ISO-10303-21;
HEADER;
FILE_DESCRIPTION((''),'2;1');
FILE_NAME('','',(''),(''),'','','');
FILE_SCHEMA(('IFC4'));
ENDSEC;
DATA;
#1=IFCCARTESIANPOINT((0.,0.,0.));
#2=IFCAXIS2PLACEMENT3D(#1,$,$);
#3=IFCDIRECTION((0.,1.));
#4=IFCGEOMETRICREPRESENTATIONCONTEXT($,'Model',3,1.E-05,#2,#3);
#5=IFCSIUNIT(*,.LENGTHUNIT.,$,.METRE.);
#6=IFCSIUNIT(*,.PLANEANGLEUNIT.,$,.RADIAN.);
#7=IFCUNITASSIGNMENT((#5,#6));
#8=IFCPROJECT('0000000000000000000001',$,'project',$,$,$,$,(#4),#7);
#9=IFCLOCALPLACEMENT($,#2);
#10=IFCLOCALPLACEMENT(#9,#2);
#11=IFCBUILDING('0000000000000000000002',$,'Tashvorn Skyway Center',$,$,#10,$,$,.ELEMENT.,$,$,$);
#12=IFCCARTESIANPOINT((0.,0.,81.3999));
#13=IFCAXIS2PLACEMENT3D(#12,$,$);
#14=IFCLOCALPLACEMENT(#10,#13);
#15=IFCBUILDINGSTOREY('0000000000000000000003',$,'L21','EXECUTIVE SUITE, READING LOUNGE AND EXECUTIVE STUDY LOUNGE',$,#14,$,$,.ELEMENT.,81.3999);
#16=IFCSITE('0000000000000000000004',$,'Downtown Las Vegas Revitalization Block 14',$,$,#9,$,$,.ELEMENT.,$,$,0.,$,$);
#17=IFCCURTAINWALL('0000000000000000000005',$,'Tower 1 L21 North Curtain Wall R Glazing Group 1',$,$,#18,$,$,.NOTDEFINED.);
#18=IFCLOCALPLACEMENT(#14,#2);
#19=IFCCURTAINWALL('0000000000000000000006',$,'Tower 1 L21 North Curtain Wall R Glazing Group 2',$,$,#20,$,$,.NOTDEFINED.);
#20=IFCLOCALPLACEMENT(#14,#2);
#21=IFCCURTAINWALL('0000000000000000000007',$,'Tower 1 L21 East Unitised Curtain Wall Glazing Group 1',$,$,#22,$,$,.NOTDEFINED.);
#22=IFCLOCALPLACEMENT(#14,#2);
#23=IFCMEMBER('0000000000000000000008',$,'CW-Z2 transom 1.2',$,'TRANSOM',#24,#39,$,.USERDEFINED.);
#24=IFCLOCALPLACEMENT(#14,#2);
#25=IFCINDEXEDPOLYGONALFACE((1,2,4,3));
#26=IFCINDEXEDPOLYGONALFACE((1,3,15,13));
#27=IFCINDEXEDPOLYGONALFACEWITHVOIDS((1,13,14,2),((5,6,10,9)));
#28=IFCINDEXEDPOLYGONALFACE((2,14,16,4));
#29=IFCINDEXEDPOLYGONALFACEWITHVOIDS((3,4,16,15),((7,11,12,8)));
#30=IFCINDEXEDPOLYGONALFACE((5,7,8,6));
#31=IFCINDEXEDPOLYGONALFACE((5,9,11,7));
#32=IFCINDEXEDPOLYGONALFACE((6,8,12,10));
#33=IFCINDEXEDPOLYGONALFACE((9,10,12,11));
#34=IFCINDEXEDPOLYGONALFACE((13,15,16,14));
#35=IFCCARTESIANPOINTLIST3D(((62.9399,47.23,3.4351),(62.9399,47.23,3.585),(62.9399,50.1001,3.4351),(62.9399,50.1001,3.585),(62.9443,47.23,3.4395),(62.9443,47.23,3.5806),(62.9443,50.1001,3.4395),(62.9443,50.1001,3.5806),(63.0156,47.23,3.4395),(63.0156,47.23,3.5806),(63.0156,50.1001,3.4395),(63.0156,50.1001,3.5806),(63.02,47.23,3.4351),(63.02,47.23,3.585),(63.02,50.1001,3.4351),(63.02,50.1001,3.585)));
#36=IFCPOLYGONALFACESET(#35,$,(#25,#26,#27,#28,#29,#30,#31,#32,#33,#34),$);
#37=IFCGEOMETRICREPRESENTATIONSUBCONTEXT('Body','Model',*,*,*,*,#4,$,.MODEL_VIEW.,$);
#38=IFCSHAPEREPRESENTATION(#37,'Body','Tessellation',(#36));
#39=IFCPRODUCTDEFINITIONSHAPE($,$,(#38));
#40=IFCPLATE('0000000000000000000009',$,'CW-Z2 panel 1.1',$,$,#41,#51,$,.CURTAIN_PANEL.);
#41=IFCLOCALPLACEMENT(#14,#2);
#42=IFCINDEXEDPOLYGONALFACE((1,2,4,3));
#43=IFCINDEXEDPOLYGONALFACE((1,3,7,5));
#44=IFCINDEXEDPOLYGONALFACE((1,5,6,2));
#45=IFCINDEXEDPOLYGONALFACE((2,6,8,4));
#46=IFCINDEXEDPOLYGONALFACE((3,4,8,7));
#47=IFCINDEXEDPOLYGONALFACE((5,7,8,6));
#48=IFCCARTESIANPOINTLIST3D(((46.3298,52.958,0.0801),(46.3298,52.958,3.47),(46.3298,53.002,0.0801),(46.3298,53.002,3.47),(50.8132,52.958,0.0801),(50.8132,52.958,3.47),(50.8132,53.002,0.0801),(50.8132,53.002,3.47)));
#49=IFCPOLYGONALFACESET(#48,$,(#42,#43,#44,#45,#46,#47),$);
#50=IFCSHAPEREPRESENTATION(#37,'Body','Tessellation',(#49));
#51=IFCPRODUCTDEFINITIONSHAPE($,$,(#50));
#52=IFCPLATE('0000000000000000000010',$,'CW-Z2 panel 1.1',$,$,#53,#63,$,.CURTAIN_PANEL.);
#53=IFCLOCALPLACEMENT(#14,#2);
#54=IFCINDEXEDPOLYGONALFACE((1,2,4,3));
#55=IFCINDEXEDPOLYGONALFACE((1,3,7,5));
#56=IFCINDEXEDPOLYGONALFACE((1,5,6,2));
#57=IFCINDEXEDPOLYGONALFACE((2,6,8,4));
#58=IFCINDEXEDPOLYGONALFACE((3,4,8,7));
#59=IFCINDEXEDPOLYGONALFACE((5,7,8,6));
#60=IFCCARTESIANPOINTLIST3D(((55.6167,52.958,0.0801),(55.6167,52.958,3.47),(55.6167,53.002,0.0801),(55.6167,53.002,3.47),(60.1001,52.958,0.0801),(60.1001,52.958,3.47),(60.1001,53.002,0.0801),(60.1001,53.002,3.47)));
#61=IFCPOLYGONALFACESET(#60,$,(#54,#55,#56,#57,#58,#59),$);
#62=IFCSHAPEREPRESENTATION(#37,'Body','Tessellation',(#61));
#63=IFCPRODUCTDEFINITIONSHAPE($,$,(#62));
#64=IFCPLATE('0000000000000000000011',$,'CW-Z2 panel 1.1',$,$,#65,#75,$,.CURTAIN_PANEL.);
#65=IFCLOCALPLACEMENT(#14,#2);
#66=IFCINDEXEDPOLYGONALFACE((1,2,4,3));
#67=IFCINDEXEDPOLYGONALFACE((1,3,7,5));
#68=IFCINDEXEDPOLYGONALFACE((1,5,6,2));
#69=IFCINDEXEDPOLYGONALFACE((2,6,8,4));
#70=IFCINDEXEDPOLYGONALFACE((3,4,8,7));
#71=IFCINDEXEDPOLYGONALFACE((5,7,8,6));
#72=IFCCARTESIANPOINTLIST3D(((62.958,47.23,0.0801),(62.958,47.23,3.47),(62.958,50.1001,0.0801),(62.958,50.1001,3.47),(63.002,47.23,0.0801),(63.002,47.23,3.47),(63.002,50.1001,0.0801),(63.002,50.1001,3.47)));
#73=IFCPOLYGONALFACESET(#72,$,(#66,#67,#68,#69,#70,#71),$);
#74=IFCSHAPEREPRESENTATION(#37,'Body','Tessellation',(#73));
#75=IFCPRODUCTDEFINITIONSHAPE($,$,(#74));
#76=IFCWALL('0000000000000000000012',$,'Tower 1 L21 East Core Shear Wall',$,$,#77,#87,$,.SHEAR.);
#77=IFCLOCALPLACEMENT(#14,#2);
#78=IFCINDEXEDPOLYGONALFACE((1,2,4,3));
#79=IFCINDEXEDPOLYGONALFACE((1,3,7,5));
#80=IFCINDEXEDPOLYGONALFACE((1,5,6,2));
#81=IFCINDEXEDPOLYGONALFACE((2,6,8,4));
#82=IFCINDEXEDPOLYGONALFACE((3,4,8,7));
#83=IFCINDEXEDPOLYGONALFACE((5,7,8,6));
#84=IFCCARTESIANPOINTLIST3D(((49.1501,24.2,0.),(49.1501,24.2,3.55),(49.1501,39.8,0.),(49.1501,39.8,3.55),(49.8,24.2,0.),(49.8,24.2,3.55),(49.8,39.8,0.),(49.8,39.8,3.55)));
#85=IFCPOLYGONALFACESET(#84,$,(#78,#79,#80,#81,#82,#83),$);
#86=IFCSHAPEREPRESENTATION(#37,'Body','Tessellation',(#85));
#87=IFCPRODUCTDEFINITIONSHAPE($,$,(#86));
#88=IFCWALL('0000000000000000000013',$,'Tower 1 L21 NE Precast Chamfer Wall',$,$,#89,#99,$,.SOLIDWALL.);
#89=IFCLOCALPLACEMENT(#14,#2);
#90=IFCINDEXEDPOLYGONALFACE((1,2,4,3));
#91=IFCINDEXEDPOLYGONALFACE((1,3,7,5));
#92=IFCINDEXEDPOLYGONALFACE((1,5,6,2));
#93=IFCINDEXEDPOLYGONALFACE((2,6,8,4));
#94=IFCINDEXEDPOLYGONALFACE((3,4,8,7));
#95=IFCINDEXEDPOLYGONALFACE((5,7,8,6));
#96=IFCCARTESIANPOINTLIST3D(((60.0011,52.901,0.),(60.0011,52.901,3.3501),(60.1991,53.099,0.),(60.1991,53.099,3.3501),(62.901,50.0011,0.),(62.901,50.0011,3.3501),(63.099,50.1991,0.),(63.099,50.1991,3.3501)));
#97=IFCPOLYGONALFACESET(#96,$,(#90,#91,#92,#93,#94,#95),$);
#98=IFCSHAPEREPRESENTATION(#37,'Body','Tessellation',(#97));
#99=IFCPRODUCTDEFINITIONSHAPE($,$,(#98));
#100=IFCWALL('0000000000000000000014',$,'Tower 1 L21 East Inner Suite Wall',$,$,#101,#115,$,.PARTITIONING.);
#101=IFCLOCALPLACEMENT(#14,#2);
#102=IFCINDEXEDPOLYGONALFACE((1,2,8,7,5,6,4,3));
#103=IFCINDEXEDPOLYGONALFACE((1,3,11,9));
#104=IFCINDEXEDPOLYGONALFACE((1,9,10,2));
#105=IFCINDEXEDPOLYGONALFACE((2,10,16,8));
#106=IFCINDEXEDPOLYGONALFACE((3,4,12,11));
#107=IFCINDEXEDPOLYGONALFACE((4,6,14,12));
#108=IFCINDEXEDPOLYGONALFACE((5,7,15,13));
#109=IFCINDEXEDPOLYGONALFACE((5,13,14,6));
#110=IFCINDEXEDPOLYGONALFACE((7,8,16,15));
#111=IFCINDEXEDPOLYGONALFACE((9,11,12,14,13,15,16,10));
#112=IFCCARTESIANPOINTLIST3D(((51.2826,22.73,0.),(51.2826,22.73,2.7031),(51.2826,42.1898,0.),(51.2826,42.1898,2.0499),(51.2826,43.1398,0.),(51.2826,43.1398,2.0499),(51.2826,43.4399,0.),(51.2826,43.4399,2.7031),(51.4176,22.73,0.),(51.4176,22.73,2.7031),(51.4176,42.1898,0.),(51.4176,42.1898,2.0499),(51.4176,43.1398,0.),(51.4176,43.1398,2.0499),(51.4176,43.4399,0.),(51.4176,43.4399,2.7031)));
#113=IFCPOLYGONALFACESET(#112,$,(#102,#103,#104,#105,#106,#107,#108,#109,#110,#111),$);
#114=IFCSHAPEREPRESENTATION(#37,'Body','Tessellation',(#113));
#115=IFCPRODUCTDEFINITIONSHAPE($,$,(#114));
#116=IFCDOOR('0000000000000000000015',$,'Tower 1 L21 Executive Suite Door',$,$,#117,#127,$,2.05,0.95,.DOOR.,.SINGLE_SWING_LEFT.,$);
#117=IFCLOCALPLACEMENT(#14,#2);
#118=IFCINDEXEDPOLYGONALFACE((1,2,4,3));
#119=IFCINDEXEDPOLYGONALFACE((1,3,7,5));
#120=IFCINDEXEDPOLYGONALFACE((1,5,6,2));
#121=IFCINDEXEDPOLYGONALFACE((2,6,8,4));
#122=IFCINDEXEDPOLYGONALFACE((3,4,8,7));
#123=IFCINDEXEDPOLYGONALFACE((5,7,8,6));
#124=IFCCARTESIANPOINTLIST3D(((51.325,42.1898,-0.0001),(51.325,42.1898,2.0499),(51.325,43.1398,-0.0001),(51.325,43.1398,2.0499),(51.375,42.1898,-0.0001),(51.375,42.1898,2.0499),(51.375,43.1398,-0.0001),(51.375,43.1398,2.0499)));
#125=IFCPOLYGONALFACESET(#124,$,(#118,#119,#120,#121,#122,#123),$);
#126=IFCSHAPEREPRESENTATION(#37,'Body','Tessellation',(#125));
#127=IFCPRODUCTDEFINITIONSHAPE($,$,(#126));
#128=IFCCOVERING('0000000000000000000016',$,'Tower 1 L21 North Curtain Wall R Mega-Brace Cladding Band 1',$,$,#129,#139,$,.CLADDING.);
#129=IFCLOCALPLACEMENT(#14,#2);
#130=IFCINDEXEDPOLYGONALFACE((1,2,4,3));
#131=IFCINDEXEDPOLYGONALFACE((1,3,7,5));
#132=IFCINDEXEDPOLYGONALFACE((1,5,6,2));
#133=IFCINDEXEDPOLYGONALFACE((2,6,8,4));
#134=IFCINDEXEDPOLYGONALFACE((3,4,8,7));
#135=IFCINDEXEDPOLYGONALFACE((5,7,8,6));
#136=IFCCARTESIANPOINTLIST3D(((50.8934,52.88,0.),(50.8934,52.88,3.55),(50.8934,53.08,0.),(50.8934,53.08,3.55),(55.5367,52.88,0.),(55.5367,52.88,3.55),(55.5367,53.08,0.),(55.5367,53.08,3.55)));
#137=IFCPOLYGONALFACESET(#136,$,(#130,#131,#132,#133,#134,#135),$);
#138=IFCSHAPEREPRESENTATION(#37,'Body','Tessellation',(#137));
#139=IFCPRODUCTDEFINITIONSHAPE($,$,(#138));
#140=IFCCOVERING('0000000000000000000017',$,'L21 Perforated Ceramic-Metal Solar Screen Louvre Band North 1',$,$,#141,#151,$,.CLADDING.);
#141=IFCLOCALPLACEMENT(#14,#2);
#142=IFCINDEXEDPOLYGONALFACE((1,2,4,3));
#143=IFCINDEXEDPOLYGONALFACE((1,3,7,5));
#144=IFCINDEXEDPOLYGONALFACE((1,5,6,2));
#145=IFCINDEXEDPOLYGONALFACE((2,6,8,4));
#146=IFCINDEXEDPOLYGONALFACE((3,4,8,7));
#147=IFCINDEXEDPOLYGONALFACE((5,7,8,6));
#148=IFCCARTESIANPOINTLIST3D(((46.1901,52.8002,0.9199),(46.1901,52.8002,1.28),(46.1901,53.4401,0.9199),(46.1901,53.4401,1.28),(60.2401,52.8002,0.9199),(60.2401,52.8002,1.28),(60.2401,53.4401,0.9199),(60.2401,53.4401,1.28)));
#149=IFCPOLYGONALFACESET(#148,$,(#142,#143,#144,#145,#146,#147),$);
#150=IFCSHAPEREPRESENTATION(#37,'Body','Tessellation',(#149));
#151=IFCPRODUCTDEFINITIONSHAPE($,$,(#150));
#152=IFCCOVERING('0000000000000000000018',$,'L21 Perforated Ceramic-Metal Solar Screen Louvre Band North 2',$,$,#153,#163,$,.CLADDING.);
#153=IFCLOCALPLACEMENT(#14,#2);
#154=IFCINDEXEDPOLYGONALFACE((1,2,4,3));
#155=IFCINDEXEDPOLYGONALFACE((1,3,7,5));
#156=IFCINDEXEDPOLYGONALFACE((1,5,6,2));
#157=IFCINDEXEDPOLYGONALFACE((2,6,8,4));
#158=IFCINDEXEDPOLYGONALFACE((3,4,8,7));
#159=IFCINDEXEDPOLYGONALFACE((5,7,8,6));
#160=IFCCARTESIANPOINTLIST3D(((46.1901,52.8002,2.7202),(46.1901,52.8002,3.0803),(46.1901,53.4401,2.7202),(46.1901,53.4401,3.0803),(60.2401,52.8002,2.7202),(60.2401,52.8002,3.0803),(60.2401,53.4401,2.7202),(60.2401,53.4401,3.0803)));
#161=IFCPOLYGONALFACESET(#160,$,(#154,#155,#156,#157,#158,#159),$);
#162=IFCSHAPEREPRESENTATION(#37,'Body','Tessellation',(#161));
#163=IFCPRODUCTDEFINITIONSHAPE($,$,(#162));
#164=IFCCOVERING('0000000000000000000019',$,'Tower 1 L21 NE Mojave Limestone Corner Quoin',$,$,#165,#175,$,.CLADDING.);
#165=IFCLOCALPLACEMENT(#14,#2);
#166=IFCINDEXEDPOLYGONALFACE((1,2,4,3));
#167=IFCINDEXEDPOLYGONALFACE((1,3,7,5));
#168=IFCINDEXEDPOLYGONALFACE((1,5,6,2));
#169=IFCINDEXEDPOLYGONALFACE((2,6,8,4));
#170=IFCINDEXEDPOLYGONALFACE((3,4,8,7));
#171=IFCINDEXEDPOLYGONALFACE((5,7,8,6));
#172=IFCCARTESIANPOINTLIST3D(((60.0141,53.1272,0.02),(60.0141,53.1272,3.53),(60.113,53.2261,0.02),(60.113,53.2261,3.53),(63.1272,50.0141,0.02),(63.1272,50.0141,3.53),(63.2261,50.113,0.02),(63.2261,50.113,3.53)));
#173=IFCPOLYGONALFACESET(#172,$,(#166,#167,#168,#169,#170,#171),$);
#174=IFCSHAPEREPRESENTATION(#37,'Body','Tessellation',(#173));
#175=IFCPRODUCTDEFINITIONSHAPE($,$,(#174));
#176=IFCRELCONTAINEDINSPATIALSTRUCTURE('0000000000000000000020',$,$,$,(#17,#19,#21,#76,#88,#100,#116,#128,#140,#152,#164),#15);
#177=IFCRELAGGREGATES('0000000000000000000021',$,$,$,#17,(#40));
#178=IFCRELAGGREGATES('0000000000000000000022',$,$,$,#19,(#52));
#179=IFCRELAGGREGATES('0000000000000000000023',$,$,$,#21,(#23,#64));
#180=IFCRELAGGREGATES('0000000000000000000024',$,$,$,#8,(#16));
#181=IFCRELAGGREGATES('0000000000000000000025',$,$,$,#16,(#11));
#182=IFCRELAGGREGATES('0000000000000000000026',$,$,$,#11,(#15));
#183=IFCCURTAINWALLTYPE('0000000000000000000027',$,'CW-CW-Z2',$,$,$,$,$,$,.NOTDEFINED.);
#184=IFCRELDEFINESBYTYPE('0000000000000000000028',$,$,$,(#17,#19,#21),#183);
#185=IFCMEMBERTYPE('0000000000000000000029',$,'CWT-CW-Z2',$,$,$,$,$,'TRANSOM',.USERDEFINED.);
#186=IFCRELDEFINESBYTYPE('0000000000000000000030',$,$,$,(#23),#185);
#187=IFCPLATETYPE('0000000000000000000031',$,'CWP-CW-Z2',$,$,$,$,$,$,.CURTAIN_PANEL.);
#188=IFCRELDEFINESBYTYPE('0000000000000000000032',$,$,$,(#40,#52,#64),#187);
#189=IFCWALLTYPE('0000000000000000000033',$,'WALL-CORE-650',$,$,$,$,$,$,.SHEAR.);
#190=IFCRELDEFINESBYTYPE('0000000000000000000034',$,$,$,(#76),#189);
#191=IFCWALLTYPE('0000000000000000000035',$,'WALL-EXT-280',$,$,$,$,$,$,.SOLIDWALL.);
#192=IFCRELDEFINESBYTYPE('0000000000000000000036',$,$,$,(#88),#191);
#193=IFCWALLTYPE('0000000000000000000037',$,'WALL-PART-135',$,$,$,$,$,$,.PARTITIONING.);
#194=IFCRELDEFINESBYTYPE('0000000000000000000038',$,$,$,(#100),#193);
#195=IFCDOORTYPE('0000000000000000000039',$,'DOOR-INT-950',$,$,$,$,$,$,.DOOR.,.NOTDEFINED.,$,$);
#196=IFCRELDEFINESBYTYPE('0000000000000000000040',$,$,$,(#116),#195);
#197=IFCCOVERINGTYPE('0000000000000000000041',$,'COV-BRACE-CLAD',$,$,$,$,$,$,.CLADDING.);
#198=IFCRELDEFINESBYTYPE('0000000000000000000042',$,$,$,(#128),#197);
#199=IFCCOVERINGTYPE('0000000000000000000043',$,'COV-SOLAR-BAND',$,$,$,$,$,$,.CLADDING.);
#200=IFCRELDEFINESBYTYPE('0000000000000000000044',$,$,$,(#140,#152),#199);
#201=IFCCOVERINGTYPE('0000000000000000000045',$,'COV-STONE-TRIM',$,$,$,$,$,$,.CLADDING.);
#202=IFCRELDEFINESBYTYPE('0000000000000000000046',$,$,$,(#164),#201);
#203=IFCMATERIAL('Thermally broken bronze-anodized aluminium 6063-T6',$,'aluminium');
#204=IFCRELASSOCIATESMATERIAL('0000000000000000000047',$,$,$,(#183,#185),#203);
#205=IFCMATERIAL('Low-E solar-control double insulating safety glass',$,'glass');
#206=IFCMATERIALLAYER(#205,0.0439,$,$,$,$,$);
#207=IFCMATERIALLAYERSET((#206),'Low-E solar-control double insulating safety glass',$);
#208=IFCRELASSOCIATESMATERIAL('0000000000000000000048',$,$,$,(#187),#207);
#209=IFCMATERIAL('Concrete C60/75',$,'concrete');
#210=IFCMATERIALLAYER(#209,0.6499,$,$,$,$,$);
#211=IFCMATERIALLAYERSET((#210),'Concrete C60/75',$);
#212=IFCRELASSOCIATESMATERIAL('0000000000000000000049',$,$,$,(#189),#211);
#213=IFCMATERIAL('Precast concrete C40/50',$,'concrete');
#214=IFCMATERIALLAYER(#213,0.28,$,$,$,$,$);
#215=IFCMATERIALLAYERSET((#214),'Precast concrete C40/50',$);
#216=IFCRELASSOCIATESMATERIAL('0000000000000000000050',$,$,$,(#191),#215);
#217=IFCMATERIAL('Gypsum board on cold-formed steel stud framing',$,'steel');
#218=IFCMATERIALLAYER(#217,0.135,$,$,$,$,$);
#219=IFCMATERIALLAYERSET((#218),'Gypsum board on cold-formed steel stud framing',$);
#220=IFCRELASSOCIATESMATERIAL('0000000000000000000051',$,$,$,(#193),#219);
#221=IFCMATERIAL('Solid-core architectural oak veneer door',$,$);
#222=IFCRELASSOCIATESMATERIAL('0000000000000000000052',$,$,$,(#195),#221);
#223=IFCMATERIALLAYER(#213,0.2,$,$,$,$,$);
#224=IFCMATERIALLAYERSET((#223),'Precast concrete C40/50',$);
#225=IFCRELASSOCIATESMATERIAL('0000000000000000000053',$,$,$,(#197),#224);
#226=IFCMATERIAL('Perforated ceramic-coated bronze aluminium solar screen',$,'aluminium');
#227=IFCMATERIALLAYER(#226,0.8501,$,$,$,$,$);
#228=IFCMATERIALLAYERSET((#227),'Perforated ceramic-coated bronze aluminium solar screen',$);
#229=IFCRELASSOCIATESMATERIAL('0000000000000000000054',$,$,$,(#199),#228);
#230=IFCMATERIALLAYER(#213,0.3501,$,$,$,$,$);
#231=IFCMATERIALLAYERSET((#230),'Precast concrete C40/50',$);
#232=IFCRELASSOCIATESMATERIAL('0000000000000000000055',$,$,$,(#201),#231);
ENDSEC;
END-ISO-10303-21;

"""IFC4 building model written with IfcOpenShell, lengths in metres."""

from ifc_helpers import new_model, si_unit, direction, frame, frame_2d, origin, origin_2d, place, context, subcontext, project, spatial, rectangle, hollow_rectangle, extrude, material, layer, layer_set, material_profile, profile_set, type_object, element, fill, aggregate, save


model = new_model("IFC4")

# Units and contexts
model_context = context("Model", 3, precision=1e-05, world=origin(), true_north=direction((0.0, 1.0)))
body_context = subcontext(model_context, "Body", "Model", "MODEL_VIEW")
ifc_project = project(units=[si_unit("LENGTHUNIT", "METRE"), si_unit("PLANEANGLEUNIT", "RADIAN")], contexts=[model_context])

# Site, building, storey
site_placement = place(None, origin())
site = spatial("IfcSite", under=ifc_project, at=site_placement, Name="Downtown Las Vegas Revitalization Block 14", CompositionType="ELEMENT", RefElevation=0.0)
building_placement = place(site_placement, origin())
building = spatial("IfcBuilding", under=site, at=building_placement, Name="Tashvorn Skyway Center", CompositionType="ELEMENT")
storey_placement = place(building_placement, frame((0.0, 0.0, 81.3999)))
storey = spatial("IfcBuildingStorey", under=building, at=storey_placement, Name="L21", Description="EXECUTIVE SUITE, READING LOUNGE AND EXECUTIVE STUDY LOUNGE", CompositionType="ELEMENT", Elevation=81.3999)

# Curtain wall
ifc_material_1 = material(Name="Thermally broken bronze-anodized aluminium 6063-T6", Category="aluminium")
curtain_wall_type = type_object("IfcCurtainWallType", Name="CW-CW-Z2", PredefinedType="NOTDEFINED", material=ifc_material_1)
curtain_wall_1_placement = place(storey_placement, origin())
curtain_wall_1 = element("IfcCurtainWall", 1, at=curtain_wall_1_placement, inside=storey, type_object=curtain_wall_type, Name="Tower 1 L21 North Curtain Wall R Glazing Group 1", PredefinedType="NOTDEFINED")

# Curtain walls
curtain_wall_2_placement = place(storey_placement, origin())
curtain_wall_2 = element("IfcCurtainWall", 2, at=curtain_wall_2_placement, inside=storey, type_object=curtain_wall_type, Name="Tower 1 L21 North Curtain Wall R Glazing Group 2", PredefinedType="NOTDEFINED")
curtain_wall_3_placement = place(storey_placement, origin())
curtain_wall_3 = element("IfcCurtainWall", 3, at=curtain_wall_3_placement, inside=storey, type_object=curtain_wall_type, Name="Tower 1 L21 East Unitised Curtain Wall Glazing Group 1", PredefinedType="NOTDEFINED")

# Member
ifc_material_profile_1 = material_profile(ifc_material_1, hollow_rectangle(XDim=0.0801, YDim=0.1499, WallThickness=0.0044, at=origin_2d()), Name="ALU-TRAN-80x150")
ifc_profile_set_1 = profile_set([ifc_material_profile_1], Name="Thermally broken bronze-anodized aluminium 6063-T6")
member_type_1 = type_object("IfcMemberType", Name="CWT-CW-Z2", ElementType="TRANSOM", PredefinedType="USERDEFINED", material=ifc_profile_set_1)
member_1_placement = place(storey_placement, frame((62.98, 50.1001, 3.51), z_axis=(0.0, -1.0, 0.0), x_axis=(1.0, 0.0, 0.0)))
member_1 = element("IfcMember", 4, at=member_1_placement, type_object=member_type_1, Name="CW-Z2 transom 1.2", ObjectType="TRANSOM", PredefinedType="USERDEFINED", context=body_context, shape_type="SweptSolid", body=[
    extrude(hollow_rectangle(XDim=0.0801, YDim=0.1499, WallThickness=0.0044, at=origin_2d()), origin(), (0.0, 0.0, 1.0), 2.8701),
])

# Plates
ifc_material_2 = material(Name="Low-E solar-control double insulating safety glass", Category="glass")
ifc_layer_1 = layer(ifc_material_2, 0.0439)
ifc_layer_set_1 = layer_set([ifc_layer_1], Name="Low-E solar-control double insulating safety glass")
plate_type = type_object("IfcPlateType", Name="CWP-CW-Z2", PredefinedType="CURTAIN_PANEL", material=ifc_layer_set_1)
plate_1_placement = place(storey_placement, frame((48.5715, 52.98, 0.0801), z_axis=(0.0, 0.0, 1.0), x_axis=(1.0, 0.0, 0.0)))
plate_1 = element("IfcPlate", 5, at=plate_1_placement, type_object=plate_type, Name="CW-Z2 panel 1.1", PredefinedType="CURTAIN_PANEL", context=body_context, shape_type="SweptSolid", body=[
    extrude(rectangle(XDim=4.4834, YDim=0.0439, at=origin_2d()), origin(), (0.0, 0.0, 1.0), 3.3899),
])
aggregate(curtain_wall_1, [plate_1])
plate_2_placement = place(storey_placement, frame((57.8584, 52.98, 0.0801), z_axis=(0.0, 0.0, 1.0), x_axis=(1.0, 0.0, 0.0)))
plate_2 = element("IfcPlate", 6, at=plate_2_placement, type_object=plate_type, Name="CW-Z2 panel 1.1", PredefinedType="CURTAIN_PANEL", context=body_context, shape_type="SweptSolid", body=[
    extrude(rectangle(XDim=4.4834, YDim=0.0439, at=origin_2d()), origin(), (0.0, 0.0, 1.0), 3.3899),
])
aggregate(curtain_wall_2, [plate_2])
plate_3_placement = place(storey_placement, frame((62.98, 48.665, 0.0801), z_axis=(0.0, 0.0, 1.0), x_axis=(0.0, -1.0, 0.0)))
plate_3 = element("IfcPlate", 7, at=plate_3_placement, type_object=plate_type, Name="CW-Z2 panel 1.1", PredefinedType="CURTAIN_PANEL", context=body_context, shape_type="SweptSolid", body=[
    extrude(rectangle(XDim=2.8701, YDim=0.0439, at=origin_2d()), origin(), (0.0, 0.0, 1.0), 3.3899),
])
aggregate(curtain_wall_3, [member_1, plate_3])

# Walls
ifc_material_3 = material(Name="Concrete C60/75", Category="concrete")
ifc_layer_2 = layer(ifc_material_3, 0.6499)
ifc_layer_set_2 = layer_set([ifc_layer_2], Name="Concrete C60/75")
wall_type_1 = type_object("IfcWallType", Name="WALL-CORE-650", PredefinedType="SHEAR", material=ifc_layer_set_2)
wall_1_placement = place(storey_placement, frame((49.4751, 39.8, 0.0), z_axis=(0.0, 0.0, 1.0), x_axis=(0.0, -1.0, 0.0)))
element("IfcWall", 8, at=wall_1_placement, inside=storey, type_object=wall_type_1, Name="Tower 1 L21 East Core Shear Wall", PredefinedType="SHEAR", context=body_context, shape_type="SweptSolid", body=[
    extrude(rectangle(XDim=15.6001, YDim=0.6499, at=frame_2d((7.8, 0.0))), origin(), (0.0, 0.0, 1.0), 3.55),
])
ifc_material_4 = material(Name="Precast concrete C40/50", Category="concrete")
ifc_layer_3 = layer(ifc_material_4, 0.28)
ifc_layer_set_3 = layer_set([ifc_layer_3], Name="Precast concrete C40/50")
wall_type_2 = type_object("IfcWallType", Name="WALL-EXT-280", PredefinedType="SOLIDWALL", material=ifc_layer_set_3)
wall_2_placement = place(storey_placement, frame((60.1001, 53.0, 0.0), z_axis=(0.0, 0.0, 1.0), x_axis=(0.707107, -0.707107, 0.0)))
element("IfcWall", 9, at=wall_2_placement, inside=storey, type_object=wall_type_2, Name="Tower 1 L21 NE Precast Chamfer Wall", PredefinedType="SOLIDWALL", context=body_context, shape_type="SweptSolid", body=[
    extrude(rectangle(XDim=4.1011, YDim=0.28, at=frame_2d((2.0505, 0.0))), origin(), (0.0, 0.0, 1.0), 3.3501),
])

# Wall, opening, door
ifc_material_5 = material(Name="Gypsum board on cold-formed steel stud framing", Category="steel")
ifc_layer_4 = layer(ifc_material_5, 0.135)
ifc_layer_set_4 = layer_set([ifc_layer_4], Name="Gypsum board on cold-formed steel stud framing")
wall_type_3 = type_object("IfcWallType", Name="WALL-PART-135", PredefinedType="PARTITIONING", material=ifc_layer_set_4)
wall_3_placement = place(storey_placement, frame((51.3501, 43.4399, 0.0), z_axis=(0.0, 0.0, 1.0), x_axis=(0.0, -1.0, 0.0)))
wall_3 = element("IfcWall", 10, at=wall_3_placement, inside=storey, type_object=wall_type_3, Name="Tower 1 L21 East Inner Suite Wall", PredefinedType="PARTITIONING", context=body_context, shape_type="SweptSolid", body=[
    extrude(rectangle(XDim=20.71, YDim=0.135, at=frame_2d((10.355, 0.0))), origin(), (0.0, 0.0, 1.0), 2.7031),
])
opening_placement = place(wall_3_placement, frame((0.3, 0.0, 0.0)))
opening = element("IfcOpeningElement", 11, at=opening_placement, cuts=wall_3, PredefinedType="OPENING", context=body_context, shape_type="SweptSolid", body=[
    extrude(rectangle(XDim=0.95, YDim=2.05, at=frame_2d((0.4751, 1.0249))), frame((0.0, 0.0774, 0.0), z_axis=(0.0, -1.0, 0.0), x_axis=(1.0, 0.0, 0.0)), (0.0, 0.0, 1.0), 0.155),
])
ifc_material_6 = material(Name="Solid-core architectural oak veneer door")
door_type = type_object("IfcDoorType", Name="DOOR-INT-950", OperationType="NOTDEFINED", PredefinedType="DOOR", material=ifc_material_6)
door_placement = place(opening_placement, origin())
door = element("IfcDoor", 12, at=door_placement, inside=storey, type_object=door_type, Name="Tower 1 L21 Executive Suite Door", OperationType="SINGLE_SWING_LEFT", OverallHeight=2.05, OverallWidth=0.95, PredefinedType="DOOR", context=body_context, shape_type="SweptSolid", body=[
    extrude(rectangle(XDim=0.95, YDim=2.05, at=frame_2d((0.4751, 1.0249))), frame((0.0, 0.0249, 0.0), z_axis=(0.0, -1.0, 0.0), x_axis=(1.0, 0.0, 0.0)), (0.0, 0.0, 1.0), 0.05),
])
fill(opening, door)

# Coverings
ifc_layer_5 = layer(ifc_material_4, 0.2)
ifc_layer_set_5 = layer_set([ifc_layer_5], Name="Precast concrete C40/50")
covering_type_1 = type_object("IfcCoveringType", Name="COV-BRACE-CLAD", PredefinedType="CLADDING", material=ifc_layer_set_5)
covering_1_placement = place(storey_placement, frame((53.2151, 52.98, 0.0), z_axis=(0.0, 0.0, 1.0), x_axis=(1.0, 0.0, 0.0)))
element("IfcCovering", 13, at=covering_1_placement, inside=storey, type_object=covering_type_1, Name="Tower 1 L21 North Curtain Wall R Mega-Brace Cladding Band 1", PredefinedType="CLADDING", context=body_context, shape_type="SweptSolid", body=[
    extrude(rectangle(XDim=4.6433, YDim=0.2, at=origin_2d()), origin(), (0.0, 0.0, 1.0), 3.55),
])
ifc_material_7 = material(Name="Perforated ceramic-coated bronze aluminium solar screen", Category="aluminium")
ifc_layer_6 = layer(ifc_material_7, 0.8501)
ifc_layer_set_6 = layer_set([ifc_layer_6], Name="Perforated ceramic-coated bronze aluminium solar screen")
covering_type_2 = type_object("IfcCoveringType", Name="COV-SOLAR-BAND", PredefinedType="CLADDING", material=ifc_layer_set_6)
for number, where, z_axis, x_axis, name in (
    (14, (53.2151, 53.1201, 0.9199), (0.0, 0.0, 1.0), (1.0, 0.0, 0.0), "L21 Perforated Ceramic-Metal Solar Screen Louvre Band North 1"),
    (15, (53.2151, 53.1201, 2.7202), (0.0, 0.0, 1.0), (1.0, 0.0, 0.0), "L21 Perforated Ceramic-Metal Solar Screen Louvre Band North 2"),
):
    element("IfcCovering", number, at=place(storey_placement, frame(where, z_axis=z_axis, x_axis=x_axis)), inside=storey, type_object=covering_type_2, Name=name, PredefinedType="CLADDING", context=body_context, shape_type="SweptSolid", body=[
        extrude(rectangle(XDim=14.05, YDim=0.6399, at=origin_2d()), origin(), (0.0, 0.0, 1.0), 0.3601),
    ])
ifc_layer_7 = layer(ifc_material_4, 0.3501)
ifc_layer_set_7 = layer_set([ifc_layer_7], Name="Precast concrete C40/50")
covering_type_3 = type_object("IfcCoveringType", Name="COV-STONE-TRIM", PredefinedType="CLADDING", material=ifc_layer_set_7)
covering_2_placement = place(storey_placement, frame((61.6201, 51.6201, 0.02), z_axis=(0.0, 0.0, 1.0), x_axis=(0.707107, -0.707107, 0.0)))
element("IfcCovering", 16, at=covering_2_placement, inside=storey, type_object=covering_type_3, Name="Tower 1 L21 NE Mojave Limestone Corner Quoin", PredefinedType="CLADDING", context=body_context, shape_type="SweptSolid", body=[
    extrude(rectangle(XDim=4.4026, YDim=0.1399, at=origin_2d()), origin(), (0.0, 0.0, 1.0), 3.51),
])

save(model, "model.ifc")
